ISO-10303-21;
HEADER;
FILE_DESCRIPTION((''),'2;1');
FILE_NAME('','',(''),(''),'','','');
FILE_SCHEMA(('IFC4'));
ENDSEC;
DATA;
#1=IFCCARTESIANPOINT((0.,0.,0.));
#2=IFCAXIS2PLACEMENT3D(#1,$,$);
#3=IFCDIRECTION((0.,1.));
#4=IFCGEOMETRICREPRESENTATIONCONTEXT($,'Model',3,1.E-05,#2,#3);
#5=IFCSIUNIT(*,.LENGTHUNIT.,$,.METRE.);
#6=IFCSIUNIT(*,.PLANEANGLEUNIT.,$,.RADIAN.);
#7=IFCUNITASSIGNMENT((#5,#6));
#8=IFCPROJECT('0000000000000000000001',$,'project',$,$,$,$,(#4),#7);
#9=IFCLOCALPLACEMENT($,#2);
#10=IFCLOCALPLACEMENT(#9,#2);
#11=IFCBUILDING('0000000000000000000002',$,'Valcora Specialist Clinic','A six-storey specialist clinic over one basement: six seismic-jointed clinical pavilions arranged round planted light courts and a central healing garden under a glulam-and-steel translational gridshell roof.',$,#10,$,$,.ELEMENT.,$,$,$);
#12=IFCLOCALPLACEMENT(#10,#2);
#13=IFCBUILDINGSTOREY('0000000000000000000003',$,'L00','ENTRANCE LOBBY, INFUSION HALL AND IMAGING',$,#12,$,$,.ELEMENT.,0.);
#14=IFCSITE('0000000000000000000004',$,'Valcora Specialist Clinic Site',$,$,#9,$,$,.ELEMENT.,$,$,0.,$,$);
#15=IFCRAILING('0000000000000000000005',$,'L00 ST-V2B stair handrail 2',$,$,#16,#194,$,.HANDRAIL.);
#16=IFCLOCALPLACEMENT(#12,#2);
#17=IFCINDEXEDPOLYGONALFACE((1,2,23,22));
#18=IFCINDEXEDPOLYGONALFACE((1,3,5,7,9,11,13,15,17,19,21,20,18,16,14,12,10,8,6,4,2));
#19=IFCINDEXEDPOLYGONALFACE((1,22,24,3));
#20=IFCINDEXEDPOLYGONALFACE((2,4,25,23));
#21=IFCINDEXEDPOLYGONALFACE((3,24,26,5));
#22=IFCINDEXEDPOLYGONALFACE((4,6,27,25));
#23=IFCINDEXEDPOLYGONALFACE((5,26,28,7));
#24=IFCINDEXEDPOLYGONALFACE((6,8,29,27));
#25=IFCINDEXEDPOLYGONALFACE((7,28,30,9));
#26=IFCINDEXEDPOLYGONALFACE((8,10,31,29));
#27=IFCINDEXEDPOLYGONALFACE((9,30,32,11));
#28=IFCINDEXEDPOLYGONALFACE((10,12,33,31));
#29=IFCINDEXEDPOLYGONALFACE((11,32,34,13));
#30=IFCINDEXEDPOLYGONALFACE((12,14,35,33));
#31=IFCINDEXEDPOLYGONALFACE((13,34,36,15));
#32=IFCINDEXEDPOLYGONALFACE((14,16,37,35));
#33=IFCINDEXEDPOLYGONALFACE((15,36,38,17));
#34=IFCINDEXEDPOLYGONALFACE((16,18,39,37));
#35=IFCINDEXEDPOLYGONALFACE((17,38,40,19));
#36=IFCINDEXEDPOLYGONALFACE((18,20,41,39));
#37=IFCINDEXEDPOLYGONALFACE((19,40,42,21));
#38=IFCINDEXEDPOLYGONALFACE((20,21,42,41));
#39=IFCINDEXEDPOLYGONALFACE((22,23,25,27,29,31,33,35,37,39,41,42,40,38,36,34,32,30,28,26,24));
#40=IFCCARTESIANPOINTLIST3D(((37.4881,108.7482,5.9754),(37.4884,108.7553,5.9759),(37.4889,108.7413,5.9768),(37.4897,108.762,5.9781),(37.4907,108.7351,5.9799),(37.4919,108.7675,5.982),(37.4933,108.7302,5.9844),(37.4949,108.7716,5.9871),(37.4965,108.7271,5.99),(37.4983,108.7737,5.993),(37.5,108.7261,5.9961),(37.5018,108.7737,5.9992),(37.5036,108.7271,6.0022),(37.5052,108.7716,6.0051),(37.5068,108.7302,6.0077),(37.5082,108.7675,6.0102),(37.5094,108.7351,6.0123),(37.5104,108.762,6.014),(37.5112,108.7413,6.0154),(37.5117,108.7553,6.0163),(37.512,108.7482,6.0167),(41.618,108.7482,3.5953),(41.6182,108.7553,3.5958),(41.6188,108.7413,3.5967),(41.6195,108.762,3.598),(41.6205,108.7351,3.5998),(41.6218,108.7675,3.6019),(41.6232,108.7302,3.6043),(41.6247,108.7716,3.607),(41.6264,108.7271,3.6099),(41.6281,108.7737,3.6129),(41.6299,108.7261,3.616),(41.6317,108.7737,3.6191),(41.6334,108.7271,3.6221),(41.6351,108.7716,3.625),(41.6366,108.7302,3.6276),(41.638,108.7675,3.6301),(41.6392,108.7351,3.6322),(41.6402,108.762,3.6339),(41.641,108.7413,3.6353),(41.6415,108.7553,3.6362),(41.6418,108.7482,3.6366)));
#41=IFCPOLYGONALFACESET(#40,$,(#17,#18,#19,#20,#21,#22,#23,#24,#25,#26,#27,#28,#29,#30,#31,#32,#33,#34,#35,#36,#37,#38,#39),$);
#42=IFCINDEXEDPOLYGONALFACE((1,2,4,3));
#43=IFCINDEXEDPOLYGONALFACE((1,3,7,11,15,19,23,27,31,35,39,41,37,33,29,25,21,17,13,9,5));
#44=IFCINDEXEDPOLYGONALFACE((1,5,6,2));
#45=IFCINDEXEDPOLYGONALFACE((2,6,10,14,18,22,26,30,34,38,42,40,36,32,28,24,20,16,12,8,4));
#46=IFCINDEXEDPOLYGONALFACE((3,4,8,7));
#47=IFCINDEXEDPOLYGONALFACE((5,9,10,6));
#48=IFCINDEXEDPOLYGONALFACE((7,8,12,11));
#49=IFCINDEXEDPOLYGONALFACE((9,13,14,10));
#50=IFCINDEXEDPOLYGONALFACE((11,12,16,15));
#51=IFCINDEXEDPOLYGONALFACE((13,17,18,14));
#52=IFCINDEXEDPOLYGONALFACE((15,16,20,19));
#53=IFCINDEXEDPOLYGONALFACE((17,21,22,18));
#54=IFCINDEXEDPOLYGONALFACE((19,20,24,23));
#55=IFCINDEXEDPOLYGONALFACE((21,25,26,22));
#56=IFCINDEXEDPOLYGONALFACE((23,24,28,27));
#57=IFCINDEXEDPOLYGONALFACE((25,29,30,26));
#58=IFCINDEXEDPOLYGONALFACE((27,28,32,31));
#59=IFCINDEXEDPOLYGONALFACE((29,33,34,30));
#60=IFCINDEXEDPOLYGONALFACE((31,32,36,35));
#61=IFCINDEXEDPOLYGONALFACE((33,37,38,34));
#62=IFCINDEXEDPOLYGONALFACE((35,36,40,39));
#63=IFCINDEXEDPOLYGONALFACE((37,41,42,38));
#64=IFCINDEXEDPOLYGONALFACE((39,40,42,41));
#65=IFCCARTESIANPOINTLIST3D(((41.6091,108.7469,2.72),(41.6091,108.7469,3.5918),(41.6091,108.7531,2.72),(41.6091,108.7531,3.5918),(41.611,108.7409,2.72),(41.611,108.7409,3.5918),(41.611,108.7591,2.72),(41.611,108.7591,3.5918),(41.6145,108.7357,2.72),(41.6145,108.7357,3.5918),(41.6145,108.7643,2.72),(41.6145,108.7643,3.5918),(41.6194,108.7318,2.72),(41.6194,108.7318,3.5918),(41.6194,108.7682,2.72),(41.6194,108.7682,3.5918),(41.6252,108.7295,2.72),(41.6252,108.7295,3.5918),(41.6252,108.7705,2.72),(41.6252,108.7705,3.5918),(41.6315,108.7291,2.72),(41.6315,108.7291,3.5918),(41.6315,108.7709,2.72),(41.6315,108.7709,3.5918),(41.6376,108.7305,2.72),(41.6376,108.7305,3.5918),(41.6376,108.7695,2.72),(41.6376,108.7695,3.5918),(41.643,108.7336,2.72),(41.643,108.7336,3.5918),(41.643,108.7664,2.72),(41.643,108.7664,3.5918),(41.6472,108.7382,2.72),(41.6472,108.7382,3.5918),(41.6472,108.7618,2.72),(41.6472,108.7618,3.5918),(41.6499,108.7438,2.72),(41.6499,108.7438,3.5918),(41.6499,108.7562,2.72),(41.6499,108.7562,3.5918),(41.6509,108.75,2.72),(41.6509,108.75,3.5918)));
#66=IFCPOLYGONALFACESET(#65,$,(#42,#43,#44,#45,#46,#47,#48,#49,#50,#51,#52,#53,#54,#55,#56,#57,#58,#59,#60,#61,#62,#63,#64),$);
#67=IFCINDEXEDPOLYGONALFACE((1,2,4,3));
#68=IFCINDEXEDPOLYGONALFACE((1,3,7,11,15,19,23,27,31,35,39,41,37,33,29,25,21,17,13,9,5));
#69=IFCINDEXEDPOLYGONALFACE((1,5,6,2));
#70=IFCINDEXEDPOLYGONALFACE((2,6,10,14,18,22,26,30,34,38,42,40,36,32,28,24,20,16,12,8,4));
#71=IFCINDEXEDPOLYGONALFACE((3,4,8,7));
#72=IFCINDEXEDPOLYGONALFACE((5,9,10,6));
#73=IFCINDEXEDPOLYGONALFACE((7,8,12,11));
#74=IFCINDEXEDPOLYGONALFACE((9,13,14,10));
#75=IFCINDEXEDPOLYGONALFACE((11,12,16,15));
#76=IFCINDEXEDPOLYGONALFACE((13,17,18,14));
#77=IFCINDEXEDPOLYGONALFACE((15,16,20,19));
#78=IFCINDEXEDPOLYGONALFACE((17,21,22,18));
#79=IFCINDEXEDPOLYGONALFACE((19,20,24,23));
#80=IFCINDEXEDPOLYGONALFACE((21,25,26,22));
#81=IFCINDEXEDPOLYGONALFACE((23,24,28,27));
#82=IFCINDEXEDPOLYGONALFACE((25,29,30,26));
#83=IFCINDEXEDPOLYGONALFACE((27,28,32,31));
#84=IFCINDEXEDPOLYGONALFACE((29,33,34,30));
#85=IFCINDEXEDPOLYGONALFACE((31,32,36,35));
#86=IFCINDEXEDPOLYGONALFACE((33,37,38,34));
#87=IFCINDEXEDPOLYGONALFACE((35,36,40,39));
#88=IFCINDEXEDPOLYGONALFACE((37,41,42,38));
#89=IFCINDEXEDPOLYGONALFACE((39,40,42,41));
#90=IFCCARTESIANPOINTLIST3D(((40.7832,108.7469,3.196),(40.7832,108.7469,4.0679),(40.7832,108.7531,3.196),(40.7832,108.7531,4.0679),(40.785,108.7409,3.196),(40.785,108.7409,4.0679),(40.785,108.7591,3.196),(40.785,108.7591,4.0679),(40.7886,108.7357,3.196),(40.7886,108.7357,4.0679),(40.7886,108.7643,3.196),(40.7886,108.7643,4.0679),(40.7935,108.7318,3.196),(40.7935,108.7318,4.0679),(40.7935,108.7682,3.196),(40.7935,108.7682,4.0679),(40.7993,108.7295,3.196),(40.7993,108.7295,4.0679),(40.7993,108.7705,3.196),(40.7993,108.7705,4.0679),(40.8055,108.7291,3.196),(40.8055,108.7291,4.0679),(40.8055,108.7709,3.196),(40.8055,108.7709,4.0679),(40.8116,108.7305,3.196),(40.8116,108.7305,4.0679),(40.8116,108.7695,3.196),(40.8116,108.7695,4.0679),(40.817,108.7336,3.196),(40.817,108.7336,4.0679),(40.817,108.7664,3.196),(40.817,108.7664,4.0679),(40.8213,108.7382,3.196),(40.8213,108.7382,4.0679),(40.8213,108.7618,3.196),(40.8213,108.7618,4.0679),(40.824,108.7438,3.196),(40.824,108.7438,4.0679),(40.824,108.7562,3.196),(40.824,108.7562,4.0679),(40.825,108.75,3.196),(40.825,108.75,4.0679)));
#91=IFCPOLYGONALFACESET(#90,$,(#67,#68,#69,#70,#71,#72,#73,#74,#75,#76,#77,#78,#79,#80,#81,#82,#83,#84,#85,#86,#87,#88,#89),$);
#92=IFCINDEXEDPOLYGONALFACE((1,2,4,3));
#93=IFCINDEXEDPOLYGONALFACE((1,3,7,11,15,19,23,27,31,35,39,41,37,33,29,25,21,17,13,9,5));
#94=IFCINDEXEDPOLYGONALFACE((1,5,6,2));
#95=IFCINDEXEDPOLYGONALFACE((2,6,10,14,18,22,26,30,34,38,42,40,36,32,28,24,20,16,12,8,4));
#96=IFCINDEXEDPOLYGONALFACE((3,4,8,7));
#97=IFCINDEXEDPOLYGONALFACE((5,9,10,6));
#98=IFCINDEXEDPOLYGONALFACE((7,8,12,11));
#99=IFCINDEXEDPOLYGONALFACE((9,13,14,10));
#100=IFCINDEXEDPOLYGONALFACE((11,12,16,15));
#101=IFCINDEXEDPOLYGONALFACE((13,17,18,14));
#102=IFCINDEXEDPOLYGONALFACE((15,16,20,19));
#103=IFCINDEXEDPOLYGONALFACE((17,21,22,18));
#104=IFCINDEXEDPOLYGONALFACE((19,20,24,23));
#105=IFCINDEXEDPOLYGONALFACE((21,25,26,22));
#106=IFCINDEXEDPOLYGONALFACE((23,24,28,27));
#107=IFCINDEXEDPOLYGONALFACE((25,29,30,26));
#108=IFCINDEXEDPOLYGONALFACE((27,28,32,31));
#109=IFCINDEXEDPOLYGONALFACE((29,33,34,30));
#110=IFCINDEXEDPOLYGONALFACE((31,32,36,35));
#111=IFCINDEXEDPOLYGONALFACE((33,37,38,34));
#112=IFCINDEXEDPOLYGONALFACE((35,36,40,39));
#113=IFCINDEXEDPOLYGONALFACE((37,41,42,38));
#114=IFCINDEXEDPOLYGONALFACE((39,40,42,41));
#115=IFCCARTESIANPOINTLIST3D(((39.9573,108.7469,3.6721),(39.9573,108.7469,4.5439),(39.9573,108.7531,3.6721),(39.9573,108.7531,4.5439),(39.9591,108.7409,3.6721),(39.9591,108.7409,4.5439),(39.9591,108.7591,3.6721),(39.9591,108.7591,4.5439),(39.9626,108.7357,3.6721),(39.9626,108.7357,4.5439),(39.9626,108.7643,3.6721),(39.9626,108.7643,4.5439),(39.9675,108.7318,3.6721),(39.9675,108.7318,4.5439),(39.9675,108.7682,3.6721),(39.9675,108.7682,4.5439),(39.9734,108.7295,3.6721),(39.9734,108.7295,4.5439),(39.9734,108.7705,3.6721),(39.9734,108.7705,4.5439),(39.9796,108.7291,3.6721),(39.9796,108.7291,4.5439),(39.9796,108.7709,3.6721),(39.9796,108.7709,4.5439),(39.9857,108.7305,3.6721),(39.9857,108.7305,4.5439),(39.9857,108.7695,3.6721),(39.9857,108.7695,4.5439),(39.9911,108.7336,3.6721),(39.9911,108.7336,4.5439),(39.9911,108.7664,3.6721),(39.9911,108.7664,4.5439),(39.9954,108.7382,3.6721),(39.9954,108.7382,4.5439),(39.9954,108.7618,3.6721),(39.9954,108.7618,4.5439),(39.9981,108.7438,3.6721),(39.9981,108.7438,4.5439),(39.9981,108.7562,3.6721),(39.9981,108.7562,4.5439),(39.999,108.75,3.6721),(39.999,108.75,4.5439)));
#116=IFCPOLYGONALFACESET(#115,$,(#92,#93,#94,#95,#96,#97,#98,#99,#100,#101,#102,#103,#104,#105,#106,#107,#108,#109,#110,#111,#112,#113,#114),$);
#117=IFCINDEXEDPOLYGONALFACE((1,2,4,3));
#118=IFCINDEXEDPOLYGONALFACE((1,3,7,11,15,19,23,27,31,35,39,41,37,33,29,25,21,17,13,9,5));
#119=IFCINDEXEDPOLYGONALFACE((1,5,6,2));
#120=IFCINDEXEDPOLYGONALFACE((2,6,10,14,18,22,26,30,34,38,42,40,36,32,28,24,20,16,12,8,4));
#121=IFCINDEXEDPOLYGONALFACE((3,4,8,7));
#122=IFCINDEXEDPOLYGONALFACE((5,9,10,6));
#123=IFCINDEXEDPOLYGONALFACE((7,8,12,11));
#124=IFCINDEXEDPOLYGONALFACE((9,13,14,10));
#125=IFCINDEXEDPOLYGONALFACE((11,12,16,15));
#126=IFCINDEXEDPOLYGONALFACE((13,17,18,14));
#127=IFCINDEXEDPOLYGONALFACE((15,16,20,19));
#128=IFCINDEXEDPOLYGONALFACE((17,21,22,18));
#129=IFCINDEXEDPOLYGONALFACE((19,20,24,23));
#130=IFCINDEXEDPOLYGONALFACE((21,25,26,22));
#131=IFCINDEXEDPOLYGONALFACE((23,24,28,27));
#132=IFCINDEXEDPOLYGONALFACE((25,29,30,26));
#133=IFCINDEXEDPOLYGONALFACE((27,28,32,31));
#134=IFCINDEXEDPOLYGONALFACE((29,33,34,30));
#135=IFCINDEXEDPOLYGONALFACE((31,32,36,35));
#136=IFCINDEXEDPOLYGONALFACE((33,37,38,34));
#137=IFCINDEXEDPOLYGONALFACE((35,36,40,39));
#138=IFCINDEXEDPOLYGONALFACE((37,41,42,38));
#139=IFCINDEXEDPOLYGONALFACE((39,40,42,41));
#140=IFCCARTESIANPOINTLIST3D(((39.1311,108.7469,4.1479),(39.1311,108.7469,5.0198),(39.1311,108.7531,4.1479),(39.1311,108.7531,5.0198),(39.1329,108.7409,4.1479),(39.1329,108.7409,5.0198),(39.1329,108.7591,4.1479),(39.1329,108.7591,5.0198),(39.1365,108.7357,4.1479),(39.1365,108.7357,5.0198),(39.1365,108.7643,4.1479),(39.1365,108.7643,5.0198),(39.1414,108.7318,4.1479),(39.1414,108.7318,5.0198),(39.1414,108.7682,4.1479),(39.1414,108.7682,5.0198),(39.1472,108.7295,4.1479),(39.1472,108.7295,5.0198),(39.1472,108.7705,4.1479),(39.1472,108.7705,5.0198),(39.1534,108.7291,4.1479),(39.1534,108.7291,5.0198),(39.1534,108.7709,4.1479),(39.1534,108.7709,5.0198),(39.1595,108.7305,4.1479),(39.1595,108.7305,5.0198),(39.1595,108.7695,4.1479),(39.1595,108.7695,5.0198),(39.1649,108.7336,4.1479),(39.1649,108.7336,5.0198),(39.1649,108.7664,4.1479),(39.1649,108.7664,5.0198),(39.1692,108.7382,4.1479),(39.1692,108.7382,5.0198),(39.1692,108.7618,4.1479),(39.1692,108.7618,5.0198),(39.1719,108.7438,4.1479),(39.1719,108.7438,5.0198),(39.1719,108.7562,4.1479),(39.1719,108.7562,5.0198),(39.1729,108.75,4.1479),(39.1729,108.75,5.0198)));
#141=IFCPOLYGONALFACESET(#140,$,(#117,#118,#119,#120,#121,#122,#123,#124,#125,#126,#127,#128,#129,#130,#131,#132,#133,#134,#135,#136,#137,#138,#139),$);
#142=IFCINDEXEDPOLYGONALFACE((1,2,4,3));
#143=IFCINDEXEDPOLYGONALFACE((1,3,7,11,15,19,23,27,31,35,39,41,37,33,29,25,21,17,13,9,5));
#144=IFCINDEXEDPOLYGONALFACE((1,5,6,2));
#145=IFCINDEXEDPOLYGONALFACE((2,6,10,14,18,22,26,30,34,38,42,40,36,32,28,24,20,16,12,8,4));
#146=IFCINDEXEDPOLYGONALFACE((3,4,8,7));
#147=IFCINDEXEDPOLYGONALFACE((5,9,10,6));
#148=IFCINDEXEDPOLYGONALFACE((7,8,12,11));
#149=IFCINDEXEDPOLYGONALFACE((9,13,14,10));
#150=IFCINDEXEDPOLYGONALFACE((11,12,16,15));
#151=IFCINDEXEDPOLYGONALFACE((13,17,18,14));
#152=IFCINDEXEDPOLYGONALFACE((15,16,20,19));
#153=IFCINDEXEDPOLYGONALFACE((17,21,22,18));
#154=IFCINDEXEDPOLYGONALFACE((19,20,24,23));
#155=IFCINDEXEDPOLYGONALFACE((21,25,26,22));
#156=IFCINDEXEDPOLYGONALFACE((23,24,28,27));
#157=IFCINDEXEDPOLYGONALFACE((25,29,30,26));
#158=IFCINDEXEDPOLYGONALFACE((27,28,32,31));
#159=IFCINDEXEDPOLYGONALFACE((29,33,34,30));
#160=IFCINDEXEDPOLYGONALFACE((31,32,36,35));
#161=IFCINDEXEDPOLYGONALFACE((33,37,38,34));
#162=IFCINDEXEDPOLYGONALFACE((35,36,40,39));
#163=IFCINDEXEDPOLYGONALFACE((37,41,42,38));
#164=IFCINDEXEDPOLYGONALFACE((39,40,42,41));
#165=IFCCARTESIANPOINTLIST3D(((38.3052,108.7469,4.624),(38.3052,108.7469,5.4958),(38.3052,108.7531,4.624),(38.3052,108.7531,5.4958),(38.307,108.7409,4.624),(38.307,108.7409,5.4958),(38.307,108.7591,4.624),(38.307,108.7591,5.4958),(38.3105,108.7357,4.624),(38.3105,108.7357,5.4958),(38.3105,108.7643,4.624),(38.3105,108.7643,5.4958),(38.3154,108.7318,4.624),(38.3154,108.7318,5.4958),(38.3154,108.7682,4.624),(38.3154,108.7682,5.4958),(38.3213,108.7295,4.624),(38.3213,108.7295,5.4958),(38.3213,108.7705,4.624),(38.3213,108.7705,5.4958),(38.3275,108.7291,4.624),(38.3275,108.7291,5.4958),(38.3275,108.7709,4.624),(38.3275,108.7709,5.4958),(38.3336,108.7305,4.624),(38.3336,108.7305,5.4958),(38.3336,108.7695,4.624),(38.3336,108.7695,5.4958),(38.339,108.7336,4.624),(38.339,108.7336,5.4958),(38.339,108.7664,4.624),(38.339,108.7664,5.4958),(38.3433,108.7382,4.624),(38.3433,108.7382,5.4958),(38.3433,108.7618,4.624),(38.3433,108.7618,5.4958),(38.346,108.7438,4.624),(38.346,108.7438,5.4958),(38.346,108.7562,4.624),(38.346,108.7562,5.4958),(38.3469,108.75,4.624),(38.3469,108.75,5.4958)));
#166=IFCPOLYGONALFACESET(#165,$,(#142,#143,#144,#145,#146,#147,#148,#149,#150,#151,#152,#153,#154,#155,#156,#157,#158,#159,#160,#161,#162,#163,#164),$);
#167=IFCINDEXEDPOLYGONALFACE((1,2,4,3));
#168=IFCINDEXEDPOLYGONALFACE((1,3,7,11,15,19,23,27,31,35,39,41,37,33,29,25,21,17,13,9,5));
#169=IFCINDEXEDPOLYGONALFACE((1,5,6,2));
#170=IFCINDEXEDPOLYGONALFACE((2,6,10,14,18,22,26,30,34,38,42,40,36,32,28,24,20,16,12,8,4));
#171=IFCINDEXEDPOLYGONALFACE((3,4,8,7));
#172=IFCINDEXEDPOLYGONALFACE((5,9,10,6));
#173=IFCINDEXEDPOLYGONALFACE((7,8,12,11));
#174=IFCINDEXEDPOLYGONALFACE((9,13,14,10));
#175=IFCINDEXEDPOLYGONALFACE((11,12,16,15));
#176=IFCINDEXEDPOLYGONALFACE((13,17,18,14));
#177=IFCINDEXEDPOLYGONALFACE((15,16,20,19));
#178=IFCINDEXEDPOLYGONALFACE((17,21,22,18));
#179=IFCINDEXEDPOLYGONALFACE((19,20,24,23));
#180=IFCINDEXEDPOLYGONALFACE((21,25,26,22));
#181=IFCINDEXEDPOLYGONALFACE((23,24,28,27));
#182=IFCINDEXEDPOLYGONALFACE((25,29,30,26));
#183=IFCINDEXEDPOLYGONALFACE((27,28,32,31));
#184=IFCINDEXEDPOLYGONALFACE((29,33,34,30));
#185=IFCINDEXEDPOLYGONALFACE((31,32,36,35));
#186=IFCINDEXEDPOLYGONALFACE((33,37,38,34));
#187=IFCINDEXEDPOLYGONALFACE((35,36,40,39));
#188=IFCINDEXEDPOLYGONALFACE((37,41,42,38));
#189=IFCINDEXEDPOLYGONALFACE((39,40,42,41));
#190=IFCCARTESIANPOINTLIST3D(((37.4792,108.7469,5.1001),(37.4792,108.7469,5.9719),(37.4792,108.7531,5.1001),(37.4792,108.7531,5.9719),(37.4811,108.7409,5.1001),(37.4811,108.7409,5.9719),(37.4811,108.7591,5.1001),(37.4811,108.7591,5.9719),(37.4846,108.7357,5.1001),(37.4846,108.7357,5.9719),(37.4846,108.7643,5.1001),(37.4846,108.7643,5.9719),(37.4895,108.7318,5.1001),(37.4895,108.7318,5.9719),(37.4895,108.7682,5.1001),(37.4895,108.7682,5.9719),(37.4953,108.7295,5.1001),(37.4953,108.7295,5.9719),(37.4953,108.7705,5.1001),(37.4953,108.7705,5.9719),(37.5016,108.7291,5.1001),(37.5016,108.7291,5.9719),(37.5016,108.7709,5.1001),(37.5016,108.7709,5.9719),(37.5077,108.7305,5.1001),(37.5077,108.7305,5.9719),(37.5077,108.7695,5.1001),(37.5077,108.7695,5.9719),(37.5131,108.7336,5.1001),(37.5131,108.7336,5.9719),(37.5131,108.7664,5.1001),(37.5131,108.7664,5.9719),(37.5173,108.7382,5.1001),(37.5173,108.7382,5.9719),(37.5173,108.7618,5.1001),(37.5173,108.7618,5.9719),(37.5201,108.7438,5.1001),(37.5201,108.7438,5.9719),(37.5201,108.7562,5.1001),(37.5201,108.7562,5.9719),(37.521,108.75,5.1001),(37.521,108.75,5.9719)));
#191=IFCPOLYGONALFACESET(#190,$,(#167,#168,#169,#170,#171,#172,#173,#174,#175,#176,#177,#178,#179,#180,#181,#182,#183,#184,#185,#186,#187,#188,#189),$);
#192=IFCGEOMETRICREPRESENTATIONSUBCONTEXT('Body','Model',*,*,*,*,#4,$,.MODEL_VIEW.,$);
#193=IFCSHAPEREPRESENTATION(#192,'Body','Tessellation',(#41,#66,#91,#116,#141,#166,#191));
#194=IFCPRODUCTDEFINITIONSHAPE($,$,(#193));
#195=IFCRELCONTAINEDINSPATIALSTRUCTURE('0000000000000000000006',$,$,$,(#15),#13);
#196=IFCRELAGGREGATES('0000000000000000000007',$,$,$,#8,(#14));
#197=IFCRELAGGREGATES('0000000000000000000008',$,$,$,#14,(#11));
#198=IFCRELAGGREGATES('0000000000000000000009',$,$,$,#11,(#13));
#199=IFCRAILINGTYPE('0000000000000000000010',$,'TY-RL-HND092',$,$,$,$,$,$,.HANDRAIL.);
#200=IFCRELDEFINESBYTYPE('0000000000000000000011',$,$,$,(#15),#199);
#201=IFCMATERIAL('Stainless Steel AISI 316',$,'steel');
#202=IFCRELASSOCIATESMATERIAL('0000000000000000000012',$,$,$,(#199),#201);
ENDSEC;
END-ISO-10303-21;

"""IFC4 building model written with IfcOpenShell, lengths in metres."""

from ifc_helpers import new_model, si_unit, direction, frame, origin, origin_2d, place, context, subcontext, project, spatial, circle, extrude, material, type_object, element, save


model = new_model("IFC4")

# Units and contexts
model_context = context("Model", 3, precision=1e-05, world=origin(), true_north=direction((0.0, 1.0)))
body_context = subcontext(model_context, "Body", "Model", "MODEL_VIEW")
ifc_project = project(units=[si_unit("LENGTHUNIT", "METRE"), si_unit("PLANEANGLEUNIT", "RADIAN")], contexts=[model_context])

# Site, building, storey
site_placement = place(None, origin())
site = spatial("IfcSite", under=ifc_project, at=site_placement, Name="Valcora Specialist Clinic Site", CompositionType="ELEMENT", RefElevation=0.0)
building_placement = place(site_placement, origin())
building = spatial("IfcBuilding", under=site, at=building_placement, Name="Valcora Specialist Clinic", Description="A six-storey specialist clinic over one basement: six seismic-jointed clinical pavilions arranged round planted light courts and a central healing garden under a glulam-and-steel translational gridshell roof.", CompositionType="ELEMENT")
storey_placement = place(building_placement, origin())
storey = spatial("IfcBuildingStorey", under=building, at=storey_placement, Name="L00", Description="ENTRANCE LOBBY, INFUSION HALL AND IMAGING", CompositionType="ELEMENT", Elevation=0.0)

# Railing
ifc_material_1 = material(Name="Stainless Steel AISI 316", Category="steel")
railing_type_1 = type_object("IfcRailingType", Name="TY-RL-HND092", PredefinedType="HANDRAIL", material=ifc_material_1)
railing_1_placement = place(storey_placement, frame((41.6299, 108.75, 2.72)))
element("IfcRailing", 1, at=railing_1_placement, inside=storey, type_object=railing_type_1, Name="L00 ST-V2B stair handrail 2", PredefinedType="HANDRAIL", context=body_context, shape_type="SweptSolid", body=[
    extrude(circle(Radius=0.0239, at=origin_2d()), frame((0.0, 0.0, 0.896), z_axis=(-0.866412, 0.0, 0.499329), x_axis=(0.0, -1.0, 0.0)), (0.0, 0.0, 1.0), 4.7666),
    extrude(circle(Radius=0.021, at=origin_2d()), origin(), (0.0, 0.0, 1.0), 0.8718),
    extrude(circle(Radius=0.021, at=origin_2d()), frame((-0.8259, 0.0, 0.4761)), (0.0, 0.0, 1.0), 0.8718),
    extrude(circle(Radius=0.021, at=origin_2d()), frame((-1.6519, 0.0, 0.9521)), (0.0, 0.0, 1.0), 0.8718),
    extrude(circle(Radius=0.021, at=origin_2d()), frame((-2.478, 0.0, 1.428)), (0.0, 0.0, 1.0), 0.8718),
    extrude(circle(Radius=0.021, at=origin_2d()), frame((-3.304, 0.0, 1.9041)), (0.0, 0.0, 1.0), 0.8718),
    extrude(circle(Radius=0.021, at=origin_2d()), frame((-4.1299, 0.0, 2.3801)), (0.0, 0.0, 1.0), 0.8718),
])

save(model, "model.ifc")
